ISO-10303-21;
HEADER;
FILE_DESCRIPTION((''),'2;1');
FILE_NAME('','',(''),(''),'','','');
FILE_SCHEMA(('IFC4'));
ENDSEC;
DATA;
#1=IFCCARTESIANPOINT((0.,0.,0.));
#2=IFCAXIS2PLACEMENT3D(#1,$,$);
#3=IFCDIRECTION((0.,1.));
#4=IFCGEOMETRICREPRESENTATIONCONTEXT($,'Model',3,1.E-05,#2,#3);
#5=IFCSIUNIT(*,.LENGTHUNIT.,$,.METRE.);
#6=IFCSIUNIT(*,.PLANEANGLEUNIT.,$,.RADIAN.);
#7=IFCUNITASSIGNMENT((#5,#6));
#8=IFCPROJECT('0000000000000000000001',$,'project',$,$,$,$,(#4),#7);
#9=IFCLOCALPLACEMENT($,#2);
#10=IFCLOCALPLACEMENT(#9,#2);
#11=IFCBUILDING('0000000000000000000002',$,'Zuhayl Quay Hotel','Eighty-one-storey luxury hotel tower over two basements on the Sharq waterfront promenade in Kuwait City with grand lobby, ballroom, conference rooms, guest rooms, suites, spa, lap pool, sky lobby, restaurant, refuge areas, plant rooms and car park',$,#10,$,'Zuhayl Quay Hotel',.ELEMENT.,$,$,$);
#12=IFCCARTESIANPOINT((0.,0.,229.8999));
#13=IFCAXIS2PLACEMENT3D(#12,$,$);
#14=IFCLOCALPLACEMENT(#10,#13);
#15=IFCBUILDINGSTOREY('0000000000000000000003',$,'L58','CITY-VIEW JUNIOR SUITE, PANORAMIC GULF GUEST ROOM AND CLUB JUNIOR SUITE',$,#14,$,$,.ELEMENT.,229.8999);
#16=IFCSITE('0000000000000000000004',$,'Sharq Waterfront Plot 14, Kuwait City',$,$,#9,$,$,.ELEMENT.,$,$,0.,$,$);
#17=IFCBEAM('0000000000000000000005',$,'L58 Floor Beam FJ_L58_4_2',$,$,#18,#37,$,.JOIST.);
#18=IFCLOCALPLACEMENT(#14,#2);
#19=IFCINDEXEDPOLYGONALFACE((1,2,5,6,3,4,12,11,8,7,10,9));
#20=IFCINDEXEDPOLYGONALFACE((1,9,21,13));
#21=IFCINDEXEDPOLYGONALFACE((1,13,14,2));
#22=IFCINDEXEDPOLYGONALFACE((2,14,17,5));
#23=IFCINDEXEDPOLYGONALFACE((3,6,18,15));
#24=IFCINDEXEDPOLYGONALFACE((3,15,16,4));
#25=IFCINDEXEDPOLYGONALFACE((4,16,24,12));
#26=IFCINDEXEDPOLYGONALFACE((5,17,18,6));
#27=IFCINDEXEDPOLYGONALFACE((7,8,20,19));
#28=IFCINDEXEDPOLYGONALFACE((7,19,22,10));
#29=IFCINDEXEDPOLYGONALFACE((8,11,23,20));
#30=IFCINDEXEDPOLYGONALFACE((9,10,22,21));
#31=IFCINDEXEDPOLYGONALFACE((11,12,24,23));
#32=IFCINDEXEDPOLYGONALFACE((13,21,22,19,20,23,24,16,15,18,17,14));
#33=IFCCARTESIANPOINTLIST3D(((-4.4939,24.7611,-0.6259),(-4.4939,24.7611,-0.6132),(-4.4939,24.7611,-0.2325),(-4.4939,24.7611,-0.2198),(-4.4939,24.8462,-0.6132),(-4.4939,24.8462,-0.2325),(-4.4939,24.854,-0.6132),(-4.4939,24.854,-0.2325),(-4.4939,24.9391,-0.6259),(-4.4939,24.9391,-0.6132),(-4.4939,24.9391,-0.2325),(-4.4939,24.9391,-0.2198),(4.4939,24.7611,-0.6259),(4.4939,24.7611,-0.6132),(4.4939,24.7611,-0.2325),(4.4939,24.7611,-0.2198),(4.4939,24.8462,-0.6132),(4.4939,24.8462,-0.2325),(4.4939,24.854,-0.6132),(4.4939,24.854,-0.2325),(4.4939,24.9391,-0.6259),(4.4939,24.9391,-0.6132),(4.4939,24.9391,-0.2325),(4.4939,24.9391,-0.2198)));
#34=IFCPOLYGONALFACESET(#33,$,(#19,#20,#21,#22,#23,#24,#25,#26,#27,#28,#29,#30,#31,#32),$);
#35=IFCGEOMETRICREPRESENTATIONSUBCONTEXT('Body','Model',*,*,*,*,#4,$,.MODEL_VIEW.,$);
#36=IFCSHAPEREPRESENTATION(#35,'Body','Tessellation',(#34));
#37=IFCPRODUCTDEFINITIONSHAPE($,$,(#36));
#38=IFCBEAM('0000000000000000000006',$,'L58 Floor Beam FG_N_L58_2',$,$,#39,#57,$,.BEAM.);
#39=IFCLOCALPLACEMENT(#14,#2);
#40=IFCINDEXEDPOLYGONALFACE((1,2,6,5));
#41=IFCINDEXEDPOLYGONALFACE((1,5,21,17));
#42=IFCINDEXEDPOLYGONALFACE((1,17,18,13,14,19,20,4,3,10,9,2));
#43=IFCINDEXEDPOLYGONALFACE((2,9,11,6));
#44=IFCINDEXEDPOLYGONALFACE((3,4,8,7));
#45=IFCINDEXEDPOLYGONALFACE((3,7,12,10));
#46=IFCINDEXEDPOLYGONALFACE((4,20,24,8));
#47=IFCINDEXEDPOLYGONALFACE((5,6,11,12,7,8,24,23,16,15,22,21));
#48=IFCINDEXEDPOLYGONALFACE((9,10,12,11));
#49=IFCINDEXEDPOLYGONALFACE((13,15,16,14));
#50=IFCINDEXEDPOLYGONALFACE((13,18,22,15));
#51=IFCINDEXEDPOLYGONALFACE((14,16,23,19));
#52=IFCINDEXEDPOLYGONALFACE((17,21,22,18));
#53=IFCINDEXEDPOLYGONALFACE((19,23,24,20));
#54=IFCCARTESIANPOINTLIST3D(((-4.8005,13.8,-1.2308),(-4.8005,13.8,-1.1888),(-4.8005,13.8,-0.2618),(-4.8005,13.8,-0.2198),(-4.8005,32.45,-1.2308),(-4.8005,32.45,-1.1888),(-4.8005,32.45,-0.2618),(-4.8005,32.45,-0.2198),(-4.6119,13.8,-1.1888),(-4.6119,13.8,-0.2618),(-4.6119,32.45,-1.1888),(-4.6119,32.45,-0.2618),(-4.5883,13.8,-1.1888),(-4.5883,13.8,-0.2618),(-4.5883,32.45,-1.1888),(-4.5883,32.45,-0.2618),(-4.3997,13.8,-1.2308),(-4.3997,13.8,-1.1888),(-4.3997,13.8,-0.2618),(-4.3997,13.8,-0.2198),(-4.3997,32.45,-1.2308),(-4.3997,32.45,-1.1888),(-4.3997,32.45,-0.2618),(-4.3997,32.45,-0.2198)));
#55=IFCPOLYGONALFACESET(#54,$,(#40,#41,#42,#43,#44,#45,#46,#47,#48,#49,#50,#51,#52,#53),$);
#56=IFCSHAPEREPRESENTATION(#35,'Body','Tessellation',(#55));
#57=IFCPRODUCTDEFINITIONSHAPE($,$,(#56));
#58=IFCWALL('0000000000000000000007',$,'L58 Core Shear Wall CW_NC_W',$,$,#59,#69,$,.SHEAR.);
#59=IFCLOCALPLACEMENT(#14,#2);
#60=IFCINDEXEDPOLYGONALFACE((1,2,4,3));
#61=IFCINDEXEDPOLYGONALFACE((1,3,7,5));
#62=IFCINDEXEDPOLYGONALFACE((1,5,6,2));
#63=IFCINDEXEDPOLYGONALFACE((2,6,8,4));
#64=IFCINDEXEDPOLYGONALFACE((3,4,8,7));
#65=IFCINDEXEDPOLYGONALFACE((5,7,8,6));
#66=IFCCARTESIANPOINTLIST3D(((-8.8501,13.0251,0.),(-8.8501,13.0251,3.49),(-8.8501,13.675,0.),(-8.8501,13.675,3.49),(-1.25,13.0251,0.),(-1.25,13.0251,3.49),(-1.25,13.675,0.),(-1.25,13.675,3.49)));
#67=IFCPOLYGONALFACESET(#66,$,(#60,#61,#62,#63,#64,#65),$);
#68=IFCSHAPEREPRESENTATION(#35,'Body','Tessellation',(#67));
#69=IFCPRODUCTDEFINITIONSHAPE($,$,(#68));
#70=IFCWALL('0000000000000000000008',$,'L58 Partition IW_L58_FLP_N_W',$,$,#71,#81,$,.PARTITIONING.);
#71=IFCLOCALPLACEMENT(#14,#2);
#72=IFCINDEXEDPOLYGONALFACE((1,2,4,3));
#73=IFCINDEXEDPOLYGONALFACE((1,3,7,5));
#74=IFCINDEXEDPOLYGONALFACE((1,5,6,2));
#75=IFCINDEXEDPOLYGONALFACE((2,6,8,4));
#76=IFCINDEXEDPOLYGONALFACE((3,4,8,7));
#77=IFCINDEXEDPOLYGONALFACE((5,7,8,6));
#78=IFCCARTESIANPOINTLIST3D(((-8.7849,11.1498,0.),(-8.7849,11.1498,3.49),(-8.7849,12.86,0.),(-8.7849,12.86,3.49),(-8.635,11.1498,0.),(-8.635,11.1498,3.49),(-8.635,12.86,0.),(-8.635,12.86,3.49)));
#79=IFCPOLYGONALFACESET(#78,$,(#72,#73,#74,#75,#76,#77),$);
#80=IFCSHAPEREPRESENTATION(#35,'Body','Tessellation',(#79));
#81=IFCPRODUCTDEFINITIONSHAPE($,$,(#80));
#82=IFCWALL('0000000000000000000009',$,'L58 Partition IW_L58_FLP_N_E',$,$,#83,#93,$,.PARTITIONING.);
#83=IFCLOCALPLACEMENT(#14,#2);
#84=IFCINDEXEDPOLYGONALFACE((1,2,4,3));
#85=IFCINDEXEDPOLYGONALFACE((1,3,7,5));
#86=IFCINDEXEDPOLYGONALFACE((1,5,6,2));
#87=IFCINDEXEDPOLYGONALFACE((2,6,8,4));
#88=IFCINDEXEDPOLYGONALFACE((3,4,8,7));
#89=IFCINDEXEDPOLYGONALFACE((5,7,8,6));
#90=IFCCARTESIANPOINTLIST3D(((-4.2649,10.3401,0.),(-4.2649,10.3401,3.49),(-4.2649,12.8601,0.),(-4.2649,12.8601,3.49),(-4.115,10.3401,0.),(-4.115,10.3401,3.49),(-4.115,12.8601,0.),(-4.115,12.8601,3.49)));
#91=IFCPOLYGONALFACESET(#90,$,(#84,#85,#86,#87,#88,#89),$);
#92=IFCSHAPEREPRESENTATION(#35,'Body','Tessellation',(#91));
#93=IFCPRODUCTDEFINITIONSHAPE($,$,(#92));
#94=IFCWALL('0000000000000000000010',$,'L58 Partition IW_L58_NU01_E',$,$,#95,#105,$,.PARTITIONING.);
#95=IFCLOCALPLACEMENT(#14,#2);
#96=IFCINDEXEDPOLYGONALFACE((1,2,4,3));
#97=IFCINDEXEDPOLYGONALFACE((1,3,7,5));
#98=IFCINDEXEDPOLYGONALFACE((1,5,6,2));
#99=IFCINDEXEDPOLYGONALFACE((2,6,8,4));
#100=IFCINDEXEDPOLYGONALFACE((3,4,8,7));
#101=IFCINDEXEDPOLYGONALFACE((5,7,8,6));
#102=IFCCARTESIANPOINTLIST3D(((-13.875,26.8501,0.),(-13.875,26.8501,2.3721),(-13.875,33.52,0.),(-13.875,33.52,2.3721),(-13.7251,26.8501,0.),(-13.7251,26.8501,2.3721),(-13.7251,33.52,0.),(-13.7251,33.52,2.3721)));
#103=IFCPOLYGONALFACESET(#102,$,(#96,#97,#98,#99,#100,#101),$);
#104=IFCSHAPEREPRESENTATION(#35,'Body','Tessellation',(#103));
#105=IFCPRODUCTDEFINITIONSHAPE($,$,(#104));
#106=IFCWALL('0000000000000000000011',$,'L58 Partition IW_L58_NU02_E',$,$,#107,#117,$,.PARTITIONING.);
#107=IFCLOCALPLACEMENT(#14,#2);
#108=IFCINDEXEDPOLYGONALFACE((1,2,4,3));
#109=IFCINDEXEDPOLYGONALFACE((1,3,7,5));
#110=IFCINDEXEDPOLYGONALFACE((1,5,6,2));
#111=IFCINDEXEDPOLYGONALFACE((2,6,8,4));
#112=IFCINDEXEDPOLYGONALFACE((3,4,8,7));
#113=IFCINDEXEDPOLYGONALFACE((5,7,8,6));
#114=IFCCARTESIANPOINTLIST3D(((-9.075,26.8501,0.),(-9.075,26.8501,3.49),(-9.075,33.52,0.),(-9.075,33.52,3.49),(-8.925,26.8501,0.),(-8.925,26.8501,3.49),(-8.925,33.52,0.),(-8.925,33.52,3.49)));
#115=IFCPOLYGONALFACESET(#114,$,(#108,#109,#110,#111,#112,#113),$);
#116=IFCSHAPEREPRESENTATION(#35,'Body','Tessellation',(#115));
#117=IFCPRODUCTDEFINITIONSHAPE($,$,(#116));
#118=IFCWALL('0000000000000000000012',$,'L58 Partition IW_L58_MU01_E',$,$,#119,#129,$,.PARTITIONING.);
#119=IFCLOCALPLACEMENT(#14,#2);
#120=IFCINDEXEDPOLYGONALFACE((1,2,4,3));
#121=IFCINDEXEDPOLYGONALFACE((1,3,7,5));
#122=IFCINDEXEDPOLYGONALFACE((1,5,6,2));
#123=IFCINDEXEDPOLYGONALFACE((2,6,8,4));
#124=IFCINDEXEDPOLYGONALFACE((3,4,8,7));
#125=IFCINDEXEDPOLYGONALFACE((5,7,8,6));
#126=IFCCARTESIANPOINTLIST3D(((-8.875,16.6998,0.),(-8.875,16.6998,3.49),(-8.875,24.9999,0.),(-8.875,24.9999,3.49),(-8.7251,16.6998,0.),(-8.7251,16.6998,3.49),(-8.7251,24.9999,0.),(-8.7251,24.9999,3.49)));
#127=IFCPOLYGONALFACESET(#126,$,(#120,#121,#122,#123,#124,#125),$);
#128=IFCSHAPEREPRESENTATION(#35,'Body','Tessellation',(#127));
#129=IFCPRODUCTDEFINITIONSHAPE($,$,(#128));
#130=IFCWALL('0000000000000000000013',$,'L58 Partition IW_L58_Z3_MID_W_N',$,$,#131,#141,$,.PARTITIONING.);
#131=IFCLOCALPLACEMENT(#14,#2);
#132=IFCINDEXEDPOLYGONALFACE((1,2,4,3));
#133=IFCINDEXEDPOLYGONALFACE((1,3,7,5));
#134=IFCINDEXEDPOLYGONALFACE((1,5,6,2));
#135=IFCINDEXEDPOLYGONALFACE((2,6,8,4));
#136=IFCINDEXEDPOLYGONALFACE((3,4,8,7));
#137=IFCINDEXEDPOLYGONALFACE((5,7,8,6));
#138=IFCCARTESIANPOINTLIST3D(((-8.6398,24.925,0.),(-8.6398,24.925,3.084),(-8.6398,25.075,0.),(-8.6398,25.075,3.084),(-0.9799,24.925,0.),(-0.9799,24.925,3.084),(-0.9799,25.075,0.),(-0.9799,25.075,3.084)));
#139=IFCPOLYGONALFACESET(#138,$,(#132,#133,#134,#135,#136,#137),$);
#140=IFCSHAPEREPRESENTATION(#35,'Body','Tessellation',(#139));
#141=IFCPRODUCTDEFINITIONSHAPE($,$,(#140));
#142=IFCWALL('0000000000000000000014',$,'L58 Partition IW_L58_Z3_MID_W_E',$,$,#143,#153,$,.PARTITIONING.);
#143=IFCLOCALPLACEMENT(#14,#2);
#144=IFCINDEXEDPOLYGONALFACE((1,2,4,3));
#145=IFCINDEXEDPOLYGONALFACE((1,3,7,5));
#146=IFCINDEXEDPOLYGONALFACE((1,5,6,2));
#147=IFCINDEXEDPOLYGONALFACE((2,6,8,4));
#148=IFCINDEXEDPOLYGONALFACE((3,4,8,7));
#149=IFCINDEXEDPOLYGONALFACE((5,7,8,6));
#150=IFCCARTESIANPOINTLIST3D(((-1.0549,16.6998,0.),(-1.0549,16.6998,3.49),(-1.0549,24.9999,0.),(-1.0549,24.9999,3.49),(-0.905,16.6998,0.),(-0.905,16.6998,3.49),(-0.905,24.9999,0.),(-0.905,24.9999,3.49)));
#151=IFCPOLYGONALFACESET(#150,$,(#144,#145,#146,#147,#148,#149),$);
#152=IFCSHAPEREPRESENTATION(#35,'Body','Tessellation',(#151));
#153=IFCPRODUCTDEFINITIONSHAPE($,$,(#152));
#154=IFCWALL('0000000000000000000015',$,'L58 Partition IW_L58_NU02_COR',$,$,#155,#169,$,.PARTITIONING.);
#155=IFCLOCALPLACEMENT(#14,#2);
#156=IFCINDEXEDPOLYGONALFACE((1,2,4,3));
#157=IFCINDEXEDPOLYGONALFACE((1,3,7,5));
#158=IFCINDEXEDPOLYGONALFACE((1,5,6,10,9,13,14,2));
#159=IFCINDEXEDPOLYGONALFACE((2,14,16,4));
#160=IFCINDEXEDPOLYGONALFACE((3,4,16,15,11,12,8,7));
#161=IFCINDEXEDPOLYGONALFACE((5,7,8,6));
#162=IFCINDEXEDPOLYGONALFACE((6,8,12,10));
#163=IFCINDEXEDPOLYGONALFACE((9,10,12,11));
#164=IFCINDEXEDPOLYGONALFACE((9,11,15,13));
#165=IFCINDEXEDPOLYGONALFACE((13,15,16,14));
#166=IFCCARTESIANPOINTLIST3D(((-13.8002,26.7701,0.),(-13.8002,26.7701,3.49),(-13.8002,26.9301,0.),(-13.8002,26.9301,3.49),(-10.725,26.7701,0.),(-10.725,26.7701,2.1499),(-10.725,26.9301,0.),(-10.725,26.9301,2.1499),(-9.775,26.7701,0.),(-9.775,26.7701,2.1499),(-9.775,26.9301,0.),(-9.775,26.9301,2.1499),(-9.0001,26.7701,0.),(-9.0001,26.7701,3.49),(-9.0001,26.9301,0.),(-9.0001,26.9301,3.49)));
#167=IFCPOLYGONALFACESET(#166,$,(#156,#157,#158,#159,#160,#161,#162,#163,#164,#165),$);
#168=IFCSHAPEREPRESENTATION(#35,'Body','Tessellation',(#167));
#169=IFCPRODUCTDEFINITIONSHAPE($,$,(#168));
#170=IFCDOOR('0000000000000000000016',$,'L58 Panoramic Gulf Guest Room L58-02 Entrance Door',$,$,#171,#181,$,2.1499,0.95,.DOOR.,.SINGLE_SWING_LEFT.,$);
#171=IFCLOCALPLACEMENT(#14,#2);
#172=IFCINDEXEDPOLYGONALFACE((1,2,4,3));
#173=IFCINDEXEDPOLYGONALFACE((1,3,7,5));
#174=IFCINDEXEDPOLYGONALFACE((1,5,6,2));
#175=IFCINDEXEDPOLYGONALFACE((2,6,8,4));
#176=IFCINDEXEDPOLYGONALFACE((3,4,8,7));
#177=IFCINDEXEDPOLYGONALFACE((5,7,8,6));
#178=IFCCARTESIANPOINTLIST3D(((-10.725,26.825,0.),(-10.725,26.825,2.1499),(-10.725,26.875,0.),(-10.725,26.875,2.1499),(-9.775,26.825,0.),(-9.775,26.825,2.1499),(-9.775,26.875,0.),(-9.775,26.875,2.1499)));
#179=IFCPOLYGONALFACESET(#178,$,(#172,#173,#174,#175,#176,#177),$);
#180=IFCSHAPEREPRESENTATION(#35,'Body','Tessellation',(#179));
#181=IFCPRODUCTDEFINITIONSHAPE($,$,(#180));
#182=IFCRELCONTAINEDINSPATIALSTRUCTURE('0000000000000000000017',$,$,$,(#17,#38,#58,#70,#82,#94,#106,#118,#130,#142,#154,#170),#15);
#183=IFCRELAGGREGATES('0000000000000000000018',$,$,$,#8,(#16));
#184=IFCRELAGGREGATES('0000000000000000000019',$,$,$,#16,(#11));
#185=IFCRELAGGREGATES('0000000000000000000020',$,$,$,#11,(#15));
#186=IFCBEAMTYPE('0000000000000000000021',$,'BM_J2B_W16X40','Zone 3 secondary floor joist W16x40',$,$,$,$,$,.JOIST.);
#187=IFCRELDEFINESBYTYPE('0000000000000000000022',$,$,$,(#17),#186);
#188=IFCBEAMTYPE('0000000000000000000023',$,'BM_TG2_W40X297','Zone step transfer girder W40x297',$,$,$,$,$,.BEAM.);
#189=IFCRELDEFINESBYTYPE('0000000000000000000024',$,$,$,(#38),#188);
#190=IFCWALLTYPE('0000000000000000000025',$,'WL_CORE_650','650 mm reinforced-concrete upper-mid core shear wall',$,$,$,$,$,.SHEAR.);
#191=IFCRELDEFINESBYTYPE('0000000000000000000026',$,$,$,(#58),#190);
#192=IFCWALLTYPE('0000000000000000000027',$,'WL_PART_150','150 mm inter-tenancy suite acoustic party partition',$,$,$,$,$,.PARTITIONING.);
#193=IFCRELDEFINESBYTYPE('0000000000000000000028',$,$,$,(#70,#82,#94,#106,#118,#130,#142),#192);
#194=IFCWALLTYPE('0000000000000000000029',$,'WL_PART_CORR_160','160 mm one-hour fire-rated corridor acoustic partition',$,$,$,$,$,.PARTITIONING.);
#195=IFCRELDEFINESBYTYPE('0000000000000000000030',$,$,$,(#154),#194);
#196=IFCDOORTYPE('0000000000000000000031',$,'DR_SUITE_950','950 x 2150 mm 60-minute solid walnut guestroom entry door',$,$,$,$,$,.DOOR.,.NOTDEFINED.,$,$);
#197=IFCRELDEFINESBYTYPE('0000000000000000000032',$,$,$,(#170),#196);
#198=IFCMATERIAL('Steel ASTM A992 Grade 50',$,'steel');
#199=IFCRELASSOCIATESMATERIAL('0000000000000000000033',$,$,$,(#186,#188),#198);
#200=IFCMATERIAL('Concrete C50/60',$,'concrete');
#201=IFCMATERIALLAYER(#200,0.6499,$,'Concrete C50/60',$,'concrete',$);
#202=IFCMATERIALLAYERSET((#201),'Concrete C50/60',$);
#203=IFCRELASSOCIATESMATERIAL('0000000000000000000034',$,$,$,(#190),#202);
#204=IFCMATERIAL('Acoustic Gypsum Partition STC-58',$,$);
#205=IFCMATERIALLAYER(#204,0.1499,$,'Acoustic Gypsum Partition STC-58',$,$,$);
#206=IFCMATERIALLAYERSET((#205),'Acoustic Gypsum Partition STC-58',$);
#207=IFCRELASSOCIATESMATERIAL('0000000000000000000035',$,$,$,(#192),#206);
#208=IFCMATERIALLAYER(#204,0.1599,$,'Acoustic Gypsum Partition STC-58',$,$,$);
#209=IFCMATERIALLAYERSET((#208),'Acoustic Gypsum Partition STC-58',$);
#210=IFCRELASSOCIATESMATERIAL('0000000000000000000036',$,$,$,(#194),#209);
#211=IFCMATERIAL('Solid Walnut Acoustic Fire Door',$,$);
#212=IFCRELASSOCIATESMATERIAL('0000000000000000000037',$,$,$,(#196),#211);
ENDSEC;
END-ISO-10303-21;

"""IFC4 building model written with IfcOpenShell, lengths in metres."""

from ifc_helpers import new_model, si_unit, direction, frame, frame_2d, origin, origin_2d, place, context, subcontext, project, spatial, rectangle, i_section, extrude, material, layer, layer_set, material_profile, profile_set, type_object, element, fill, save


model = new_model("IFC4")

# Units and contexts
model_context = context("Model", 3, precision=1e-05, world=origin(), true_north=direction((0.0, 1.0)))
body_context = subcontext(model_context, "Body", "Model", "MODEL_VIEW")
ifc_project = project(units=[si_unit("LENGTHUNIT", "METRE"), si_unit("PLANEANGLEUNIT", "RADIAN")], contexts=[model_context])

# Site, building, storey
site_placement = place(None, origin())
site = spatial("IfcSite", under=ifc_project, at=site_placement, Name="Sharq Waterfront Plot 14, Kuwait City", CompositionType="ELEMENT", RefElevation=0.0)
building_placement = place(site_placement, origin())
building = spatial("IfcBuilding", under=site, at=building_placement, Name="Zuhayl Quay Hotel", Description="Eighty-one-storey luxury hotel tower over two basements on the Sharq waterfront promenade in Kuwait City with grand lobby, ballroom, conference rooms, guest rooms, suites, spa, lap pool, sky lobby, restaurant, refuge areas, plant rooms and car park", LongName="Zuhayl Quay Hotel", CompositionType="ELEMENT")
storey_placement = place(building_placement, frame((0.0, 0.0, 229.8999)))
storey = spatial("IfcBuildingStorey", under=building, at=storey_placement, Name="L58", Description="CITY-VIEW JUNIOR SUITE, PANORAMIC GULF GUEST ROOM AND CLUB JUNIOR SUITE", CompositionType="ELEMENT", Elevation=229.8999)

# Beams
ifc_material_1 = material(Name="Steel ASTM A992 Grade 50", Category="steel")
ifc_material_profile_1 = material_profile(ifc_material_1, i_section(OverallWidth=0.178, OverallDepth=0.406, WebThickness=0.0078, FlangeThickness=0.0127, at=origin_2d()), Name="W16X40")
ifc_profile_set_1 = profile_set([ifc_material_profile_1], Name="Steel ASTM A992 Grade 50")
beam_type_1 = type_object("IfcBeamType", Name="BM_J2B_W16X40", Description="Zone 3 secondary floor joist W16x40", PredefinedType="JOIST", material=ifc_profile_set_1)
beam_1_placement = place(storey_placement, frame((-4.4939, 24.8501, -0.4229), z_axis=(1.0, 0.0, 0.0), x_axis=(0.0, 1.0, 0.0)))
element("IfcBeam", 1, at=beam_1_placement, inside=storey, type_object=beam_type_1, Name="L58 Floor Beam FJ_L58_4_2", PredefinedType="JOIST", context=body_context, shape_type="SweptSolid", body=[
    extrude(i_section(OverallWidth=0.178, OverallDepth=0.406, WebThickness=0.0078, FlangeThickness=0.0127, at=origin_2d()), origin(), (0.0, 0.0, 1.0), 8.9878),
])
ifc_material_profile_2 = material_profile(ifc_material_1, i_section(OverallWidth=0.4009, OverallDepth=1.011, WebThickness=0.0237, FlangeThickness=0.042, at=origin_2d()), Name="W40X297")
ifc_profile_set_2 = profile_set([ifc_material_profile_2], Name="Steel ASTM A992 Grade 50")
beam_type_2 = type_object("IfcBeamType", Name="BM_TG2_W40X297", Description="Zone step transfer girder W40x297", PredefinedType="BEAM", material=ifc_profile_set_2)
beam_2_placement = place(storey_placement, frame((-4.6001, 13.8, -0.7253), z_axis=(0.0, 1.0, 0.0), x_axis=(-1.0, 0.0, 0.0)))
element("IfcBeam", 2, at=beam_2_placement, inside=storey, type_object=beam_type_2, Name="L58 Floor Beam FG_N_L58_2", PredefinedType="BEAM", context=body_context, shape_type="SweptSolid", body=[
    extrude(i_section(OverallWidth=0.4009, OverallDepth=1.011, WebThickness=0.0237, FlangeThickness=0.042, at=origin_2d()), origin(), (0.0, 0.0, 1.0), 18.6499),
])

# Walls
ifc_material_2 = material(Name="Concrete C50/60", Category="concrete")
ifc_layer_1 = layer(ifc_material_2, 0.6499, Name="Concrete C50/60", Category="concrete")
ifc_layer_set_1 = layer_set([ifc_layer_1], Name="Concrete C50/60")
wall_type_1 = type_object("IfcWallType", Name="WL_CORE_650", Description="650 mm reinforced-concrete upper-mid core shear wall", PredefinedType="SHEAR", material=ifc_layer_set_1)
wall_1_placement = place(storey_placement, frame((-8.8501, 13.3501, 0.0), z_axis=(0.0, 0.0, 1.0), x_axis=(1.0, 0.0, 0.0)))
element("IfcWall", 3, at=wall_1_placement, inside=storey, type_object=wall_type_1, Name="L58 Core Shear Wall CW_NC_W", PredefinedType="SHEAR", context=body_context, shape_type="SweptSolid", body=[
    extrude(rectangle(XDim=7.6001, YDim=0.6499, at=frame_2d((3.8, 0.0))), origin(), (0.0, 0.0, 1.0), 3.49),
])
ifc_material_3 = material(Name="Acoustic Gypsum Partition STC-58")
ifc_layer_2 = layer(ifc_material_3, 0.1499, Name="Acoustic Gypsum Partition STC-58")
ifc_layer_set_2 = layer_set([ifc_layer_2], Name="Acoustic Gypsum Partition STC-58")
wall_type_2 = type_object("IfcWallType", Name="WL_PART_150", Description="150 mm inter-tenancy suite acoustic party partition", PredefinedType="PARTITIONING", material=ifc_layer_set_2)
wall_2_placement = place(storey_placement, frame((-8.71, 11.1499, 0.0), z_axis=(0.0, 0.0, 1.0), x_axis=(0.0, 1.0, 0.0)))
element("IfcWall", 4, at=wall_2_placement, inside=storey, type_object=wall_type_2, Name="L58 Partition IW_L58_FLP_N_W", PredefinedType="PARTITIONING", context=body_context, shape_type="SweptSolid", body=[
    extrude(rectangle(XDim=1.7102, YDim=0.1499, at=frame_2d((0.855, 0.0))), origin(), (0.0, 0.0, 1.0), 3.49),
])
wall_3_placement = place(storey_placement, frame((-4.1899, 10.3401, 0.0), z_axis=(0.0, 0.0, 1.0), x_axis=(0.0, 1.0, 0.0)))
element("IfcWall", 5, at=wall_3_placement, inside=storey, type_object=wall_type_2, Name="L58 Partition IW_L58_FLP_N_E", PredefinedType="PARTITIONING", context=body_context, shape_type="SweptSolid", body=[
    extrude(rectangle(XDim=2.52, YDim=0.1499, at=frame_2d((1.26, 0.0))), origin(), (0.0, 0.0, 1.0), 3.49),
])
wall_4_placement = place(storey_placement, frame((-13.8, 26.8501, 0.0), z_axis=(0.0, 0.0, 1.0), x_axis=(0.0, 1.0, 0.0)))
element("IfcWall", 6, at=wall_4_placement, inside=storey, type_object=wall_type_2, Name="L58 Partition IW_L58_NU01_E", PredefinedType="PARTITIONING", context=body_context, shape_type="SweptSolid", body=[
    extrude(rectangle(XDim=6.6699, YDim=0.1499, at=frame_2d((3.335, 0.0))), origin(), (0.0, 0.0, 1.0), 2.3721),
])
wall_5_placement = place(storey_placement, frame((-9.0, 26.8501, 0.0), z_axis=(0.0, 0.0, 1.0), x_axis=(0.0, 1.0, 0.0)))
element("IfcWall", 7, at=wall_5_placement, inside=storey, type_object=wall_type_2, Name="L58 Partition IW_L58_NU02_E", PredefinedType="PARTITIONING", context=body_context, shape_type="SweptSolid", body=[
    extrude(rectangle(XDim=6.6699, YDim=0.1499, at=frame_2d((3.335, 0.0))), origin(), (0.0, 0.0, 1.0), 3.49),
])
wall_6_placement = place(storey_placement, frame((-8.8, 16.7, 0.0), z_axis=(0.0, 0.0, 1.0), x_axis=(0.0, 1.0, 0.0)))
element("IfcWall", 8, at=wall_6_placement, inside=storey, type_object=wall_type_2, Name="L58 Partition IW_L58_MU01_E", PredefinedType="PARTITIONING", context=body_context, shape_type="SweptSolid", body=[
    extrude(rectangle(XDim=8.3, YDim=0.1499, at=frame_2d((4.1499, 0.0))), origin(), (0.0, 0.0, 1.0), 3.49),
])
wall_7_placement = place(storey_placement, frame((-8.6399, 25.0, 0.0), z_axis=(0.0, 0.0, 1.0), x_axis=(1.0, 0.0, 0.0)))
element("IfcWall", 9, at=wall_7_placement, inside=storey, type_object=wall_type_2, Name="L58 Partition IW_L58_Z3_MID_W_N", PredefinedType="PARTITIONING", context=body_context, shape_type="SweptSolid", body=[
    extrude(rectangle(XDim=7.6599, YDim=0.1499, at=frame_2d((3.8301, 0.0))), origin(), (0.0, 0.0, 1.0), 3.084),
])
wall_8_placement = place(storey_placement, frame((-0.98, 16.7, 0.0), z_axis=(0.0, 0.0, 1.0), x_axis=(0.0, 1.0, 0.0)))
element("IfcWall", 10, at=wall_8_placement, inside=storey, type_object=wall_type_2, Name="L58 Partition IW_L58_Z3_MID_W_E", PredefinedType="PARTITIONING", context=body_context, shape_type="SweptSolid", body=[
    extrude(rectangle(XDim=8.3, YDim=0.1499, at=frame_2d((4.1499, 0.0))), origin(), (0.0, 0.0, 1.0), 3.49),
])

# Wall, opening, door
ifc_layer_3 = layer(ifc_material_3, 0.1599, Name="Acoustic Gypsum Partition STC-58")
ifc_layer_set_3 = layer_set([ifc_layer_3], Name="Acoustic Gypsum Partition STC-58")
wall_type_3 = type_object("IfcWallType", Name="WL_PART_CORR_160", Description="160 mm one-hour fire-rated corridor acoustic partition", PredefinedType="PARTITIONING", material=ifc_layer_set_3)
wall_9_placement = place(storey_placement, frame((-13.8, 26.8501, 0.0), z_axis=(0.0, 0.0, 1.0), x_axis=(1.0, 0.0, 0.0)))
wall_9 = element("IfcWall", 11, at=wall_9_placement, inside=storey, type_object=wall_type_3, Name="L58 Partition IW_L58_NU02_COR", PredefinedType="PARTITIONING", context=body_context, shape_type="SweptSolid", body=[
    extrude(rectangle(XDim=4.8, YDim=0.1599, at=frame_2d((2.3999, 0.0))), origin(), (0.0, 0.0, 1.0), 3.49),
])
opening_1_placement = place(wall_9_placement, frame((3.075, 0.0, 0.0)))
opening_1 = element("IfcOpeningElement", 12, at=opening_1_placement, cuts=wall_9, PredefinedType="OPENING", context=body_context, shape_type="SweptSolid", body=[
    extrude(rectangle(XDim=0.95, YDim=2.1499, at=frame_2d((0.4751, 1.075))), frame((0.0, 0.0898, 0.0), z_axis=(0.0, -1.0, 0.0), x_axis=(1.0, 0.0, 0.0)), (0.0, 0.0, 1.0), 0.1799),
])
ifc_material_4 = material(Name="Solid Walnut Acoustic Fire Door")
door_type_1 = type_object("IfcDoorType", Name="DR_SUITE_950", Description="950 x 2150 mm 60-minute solid walnut guestroom entry door", OperationType="NOTDEFINED", PredefinedType="DOOR", material=ifc_material_4)
door_1_placement = place(opening_1_placement, origin())
door_1 = element("IfcDoor", 13, at=door_1_placement, inside=storey, type_object=door_type_1, Name="L58 Panoramic Gulf Guest Room L58-02 Entrance Door", OperationType="SINGLE_SWING_LEFT", OverallHeight=2.1499, OverallWidth=0.95, PredefinedType="DOOR", context=body_context, shape_type="SweptSolid", body=[
    extrude(rectangle(XDim=0.95, YDim=2.1499, at=frame_2d((0.4751, 1.075))), frame((0.0, 0.0249, 0.0), z_axis=(0.0, -1.0, 0.0), x_axis=(1.0, 0.0, 0.0)), (0.0, 0.0, 1.0), 0.05),
])
fill(opening_1, door_1)

save(model, "model.ifc")
